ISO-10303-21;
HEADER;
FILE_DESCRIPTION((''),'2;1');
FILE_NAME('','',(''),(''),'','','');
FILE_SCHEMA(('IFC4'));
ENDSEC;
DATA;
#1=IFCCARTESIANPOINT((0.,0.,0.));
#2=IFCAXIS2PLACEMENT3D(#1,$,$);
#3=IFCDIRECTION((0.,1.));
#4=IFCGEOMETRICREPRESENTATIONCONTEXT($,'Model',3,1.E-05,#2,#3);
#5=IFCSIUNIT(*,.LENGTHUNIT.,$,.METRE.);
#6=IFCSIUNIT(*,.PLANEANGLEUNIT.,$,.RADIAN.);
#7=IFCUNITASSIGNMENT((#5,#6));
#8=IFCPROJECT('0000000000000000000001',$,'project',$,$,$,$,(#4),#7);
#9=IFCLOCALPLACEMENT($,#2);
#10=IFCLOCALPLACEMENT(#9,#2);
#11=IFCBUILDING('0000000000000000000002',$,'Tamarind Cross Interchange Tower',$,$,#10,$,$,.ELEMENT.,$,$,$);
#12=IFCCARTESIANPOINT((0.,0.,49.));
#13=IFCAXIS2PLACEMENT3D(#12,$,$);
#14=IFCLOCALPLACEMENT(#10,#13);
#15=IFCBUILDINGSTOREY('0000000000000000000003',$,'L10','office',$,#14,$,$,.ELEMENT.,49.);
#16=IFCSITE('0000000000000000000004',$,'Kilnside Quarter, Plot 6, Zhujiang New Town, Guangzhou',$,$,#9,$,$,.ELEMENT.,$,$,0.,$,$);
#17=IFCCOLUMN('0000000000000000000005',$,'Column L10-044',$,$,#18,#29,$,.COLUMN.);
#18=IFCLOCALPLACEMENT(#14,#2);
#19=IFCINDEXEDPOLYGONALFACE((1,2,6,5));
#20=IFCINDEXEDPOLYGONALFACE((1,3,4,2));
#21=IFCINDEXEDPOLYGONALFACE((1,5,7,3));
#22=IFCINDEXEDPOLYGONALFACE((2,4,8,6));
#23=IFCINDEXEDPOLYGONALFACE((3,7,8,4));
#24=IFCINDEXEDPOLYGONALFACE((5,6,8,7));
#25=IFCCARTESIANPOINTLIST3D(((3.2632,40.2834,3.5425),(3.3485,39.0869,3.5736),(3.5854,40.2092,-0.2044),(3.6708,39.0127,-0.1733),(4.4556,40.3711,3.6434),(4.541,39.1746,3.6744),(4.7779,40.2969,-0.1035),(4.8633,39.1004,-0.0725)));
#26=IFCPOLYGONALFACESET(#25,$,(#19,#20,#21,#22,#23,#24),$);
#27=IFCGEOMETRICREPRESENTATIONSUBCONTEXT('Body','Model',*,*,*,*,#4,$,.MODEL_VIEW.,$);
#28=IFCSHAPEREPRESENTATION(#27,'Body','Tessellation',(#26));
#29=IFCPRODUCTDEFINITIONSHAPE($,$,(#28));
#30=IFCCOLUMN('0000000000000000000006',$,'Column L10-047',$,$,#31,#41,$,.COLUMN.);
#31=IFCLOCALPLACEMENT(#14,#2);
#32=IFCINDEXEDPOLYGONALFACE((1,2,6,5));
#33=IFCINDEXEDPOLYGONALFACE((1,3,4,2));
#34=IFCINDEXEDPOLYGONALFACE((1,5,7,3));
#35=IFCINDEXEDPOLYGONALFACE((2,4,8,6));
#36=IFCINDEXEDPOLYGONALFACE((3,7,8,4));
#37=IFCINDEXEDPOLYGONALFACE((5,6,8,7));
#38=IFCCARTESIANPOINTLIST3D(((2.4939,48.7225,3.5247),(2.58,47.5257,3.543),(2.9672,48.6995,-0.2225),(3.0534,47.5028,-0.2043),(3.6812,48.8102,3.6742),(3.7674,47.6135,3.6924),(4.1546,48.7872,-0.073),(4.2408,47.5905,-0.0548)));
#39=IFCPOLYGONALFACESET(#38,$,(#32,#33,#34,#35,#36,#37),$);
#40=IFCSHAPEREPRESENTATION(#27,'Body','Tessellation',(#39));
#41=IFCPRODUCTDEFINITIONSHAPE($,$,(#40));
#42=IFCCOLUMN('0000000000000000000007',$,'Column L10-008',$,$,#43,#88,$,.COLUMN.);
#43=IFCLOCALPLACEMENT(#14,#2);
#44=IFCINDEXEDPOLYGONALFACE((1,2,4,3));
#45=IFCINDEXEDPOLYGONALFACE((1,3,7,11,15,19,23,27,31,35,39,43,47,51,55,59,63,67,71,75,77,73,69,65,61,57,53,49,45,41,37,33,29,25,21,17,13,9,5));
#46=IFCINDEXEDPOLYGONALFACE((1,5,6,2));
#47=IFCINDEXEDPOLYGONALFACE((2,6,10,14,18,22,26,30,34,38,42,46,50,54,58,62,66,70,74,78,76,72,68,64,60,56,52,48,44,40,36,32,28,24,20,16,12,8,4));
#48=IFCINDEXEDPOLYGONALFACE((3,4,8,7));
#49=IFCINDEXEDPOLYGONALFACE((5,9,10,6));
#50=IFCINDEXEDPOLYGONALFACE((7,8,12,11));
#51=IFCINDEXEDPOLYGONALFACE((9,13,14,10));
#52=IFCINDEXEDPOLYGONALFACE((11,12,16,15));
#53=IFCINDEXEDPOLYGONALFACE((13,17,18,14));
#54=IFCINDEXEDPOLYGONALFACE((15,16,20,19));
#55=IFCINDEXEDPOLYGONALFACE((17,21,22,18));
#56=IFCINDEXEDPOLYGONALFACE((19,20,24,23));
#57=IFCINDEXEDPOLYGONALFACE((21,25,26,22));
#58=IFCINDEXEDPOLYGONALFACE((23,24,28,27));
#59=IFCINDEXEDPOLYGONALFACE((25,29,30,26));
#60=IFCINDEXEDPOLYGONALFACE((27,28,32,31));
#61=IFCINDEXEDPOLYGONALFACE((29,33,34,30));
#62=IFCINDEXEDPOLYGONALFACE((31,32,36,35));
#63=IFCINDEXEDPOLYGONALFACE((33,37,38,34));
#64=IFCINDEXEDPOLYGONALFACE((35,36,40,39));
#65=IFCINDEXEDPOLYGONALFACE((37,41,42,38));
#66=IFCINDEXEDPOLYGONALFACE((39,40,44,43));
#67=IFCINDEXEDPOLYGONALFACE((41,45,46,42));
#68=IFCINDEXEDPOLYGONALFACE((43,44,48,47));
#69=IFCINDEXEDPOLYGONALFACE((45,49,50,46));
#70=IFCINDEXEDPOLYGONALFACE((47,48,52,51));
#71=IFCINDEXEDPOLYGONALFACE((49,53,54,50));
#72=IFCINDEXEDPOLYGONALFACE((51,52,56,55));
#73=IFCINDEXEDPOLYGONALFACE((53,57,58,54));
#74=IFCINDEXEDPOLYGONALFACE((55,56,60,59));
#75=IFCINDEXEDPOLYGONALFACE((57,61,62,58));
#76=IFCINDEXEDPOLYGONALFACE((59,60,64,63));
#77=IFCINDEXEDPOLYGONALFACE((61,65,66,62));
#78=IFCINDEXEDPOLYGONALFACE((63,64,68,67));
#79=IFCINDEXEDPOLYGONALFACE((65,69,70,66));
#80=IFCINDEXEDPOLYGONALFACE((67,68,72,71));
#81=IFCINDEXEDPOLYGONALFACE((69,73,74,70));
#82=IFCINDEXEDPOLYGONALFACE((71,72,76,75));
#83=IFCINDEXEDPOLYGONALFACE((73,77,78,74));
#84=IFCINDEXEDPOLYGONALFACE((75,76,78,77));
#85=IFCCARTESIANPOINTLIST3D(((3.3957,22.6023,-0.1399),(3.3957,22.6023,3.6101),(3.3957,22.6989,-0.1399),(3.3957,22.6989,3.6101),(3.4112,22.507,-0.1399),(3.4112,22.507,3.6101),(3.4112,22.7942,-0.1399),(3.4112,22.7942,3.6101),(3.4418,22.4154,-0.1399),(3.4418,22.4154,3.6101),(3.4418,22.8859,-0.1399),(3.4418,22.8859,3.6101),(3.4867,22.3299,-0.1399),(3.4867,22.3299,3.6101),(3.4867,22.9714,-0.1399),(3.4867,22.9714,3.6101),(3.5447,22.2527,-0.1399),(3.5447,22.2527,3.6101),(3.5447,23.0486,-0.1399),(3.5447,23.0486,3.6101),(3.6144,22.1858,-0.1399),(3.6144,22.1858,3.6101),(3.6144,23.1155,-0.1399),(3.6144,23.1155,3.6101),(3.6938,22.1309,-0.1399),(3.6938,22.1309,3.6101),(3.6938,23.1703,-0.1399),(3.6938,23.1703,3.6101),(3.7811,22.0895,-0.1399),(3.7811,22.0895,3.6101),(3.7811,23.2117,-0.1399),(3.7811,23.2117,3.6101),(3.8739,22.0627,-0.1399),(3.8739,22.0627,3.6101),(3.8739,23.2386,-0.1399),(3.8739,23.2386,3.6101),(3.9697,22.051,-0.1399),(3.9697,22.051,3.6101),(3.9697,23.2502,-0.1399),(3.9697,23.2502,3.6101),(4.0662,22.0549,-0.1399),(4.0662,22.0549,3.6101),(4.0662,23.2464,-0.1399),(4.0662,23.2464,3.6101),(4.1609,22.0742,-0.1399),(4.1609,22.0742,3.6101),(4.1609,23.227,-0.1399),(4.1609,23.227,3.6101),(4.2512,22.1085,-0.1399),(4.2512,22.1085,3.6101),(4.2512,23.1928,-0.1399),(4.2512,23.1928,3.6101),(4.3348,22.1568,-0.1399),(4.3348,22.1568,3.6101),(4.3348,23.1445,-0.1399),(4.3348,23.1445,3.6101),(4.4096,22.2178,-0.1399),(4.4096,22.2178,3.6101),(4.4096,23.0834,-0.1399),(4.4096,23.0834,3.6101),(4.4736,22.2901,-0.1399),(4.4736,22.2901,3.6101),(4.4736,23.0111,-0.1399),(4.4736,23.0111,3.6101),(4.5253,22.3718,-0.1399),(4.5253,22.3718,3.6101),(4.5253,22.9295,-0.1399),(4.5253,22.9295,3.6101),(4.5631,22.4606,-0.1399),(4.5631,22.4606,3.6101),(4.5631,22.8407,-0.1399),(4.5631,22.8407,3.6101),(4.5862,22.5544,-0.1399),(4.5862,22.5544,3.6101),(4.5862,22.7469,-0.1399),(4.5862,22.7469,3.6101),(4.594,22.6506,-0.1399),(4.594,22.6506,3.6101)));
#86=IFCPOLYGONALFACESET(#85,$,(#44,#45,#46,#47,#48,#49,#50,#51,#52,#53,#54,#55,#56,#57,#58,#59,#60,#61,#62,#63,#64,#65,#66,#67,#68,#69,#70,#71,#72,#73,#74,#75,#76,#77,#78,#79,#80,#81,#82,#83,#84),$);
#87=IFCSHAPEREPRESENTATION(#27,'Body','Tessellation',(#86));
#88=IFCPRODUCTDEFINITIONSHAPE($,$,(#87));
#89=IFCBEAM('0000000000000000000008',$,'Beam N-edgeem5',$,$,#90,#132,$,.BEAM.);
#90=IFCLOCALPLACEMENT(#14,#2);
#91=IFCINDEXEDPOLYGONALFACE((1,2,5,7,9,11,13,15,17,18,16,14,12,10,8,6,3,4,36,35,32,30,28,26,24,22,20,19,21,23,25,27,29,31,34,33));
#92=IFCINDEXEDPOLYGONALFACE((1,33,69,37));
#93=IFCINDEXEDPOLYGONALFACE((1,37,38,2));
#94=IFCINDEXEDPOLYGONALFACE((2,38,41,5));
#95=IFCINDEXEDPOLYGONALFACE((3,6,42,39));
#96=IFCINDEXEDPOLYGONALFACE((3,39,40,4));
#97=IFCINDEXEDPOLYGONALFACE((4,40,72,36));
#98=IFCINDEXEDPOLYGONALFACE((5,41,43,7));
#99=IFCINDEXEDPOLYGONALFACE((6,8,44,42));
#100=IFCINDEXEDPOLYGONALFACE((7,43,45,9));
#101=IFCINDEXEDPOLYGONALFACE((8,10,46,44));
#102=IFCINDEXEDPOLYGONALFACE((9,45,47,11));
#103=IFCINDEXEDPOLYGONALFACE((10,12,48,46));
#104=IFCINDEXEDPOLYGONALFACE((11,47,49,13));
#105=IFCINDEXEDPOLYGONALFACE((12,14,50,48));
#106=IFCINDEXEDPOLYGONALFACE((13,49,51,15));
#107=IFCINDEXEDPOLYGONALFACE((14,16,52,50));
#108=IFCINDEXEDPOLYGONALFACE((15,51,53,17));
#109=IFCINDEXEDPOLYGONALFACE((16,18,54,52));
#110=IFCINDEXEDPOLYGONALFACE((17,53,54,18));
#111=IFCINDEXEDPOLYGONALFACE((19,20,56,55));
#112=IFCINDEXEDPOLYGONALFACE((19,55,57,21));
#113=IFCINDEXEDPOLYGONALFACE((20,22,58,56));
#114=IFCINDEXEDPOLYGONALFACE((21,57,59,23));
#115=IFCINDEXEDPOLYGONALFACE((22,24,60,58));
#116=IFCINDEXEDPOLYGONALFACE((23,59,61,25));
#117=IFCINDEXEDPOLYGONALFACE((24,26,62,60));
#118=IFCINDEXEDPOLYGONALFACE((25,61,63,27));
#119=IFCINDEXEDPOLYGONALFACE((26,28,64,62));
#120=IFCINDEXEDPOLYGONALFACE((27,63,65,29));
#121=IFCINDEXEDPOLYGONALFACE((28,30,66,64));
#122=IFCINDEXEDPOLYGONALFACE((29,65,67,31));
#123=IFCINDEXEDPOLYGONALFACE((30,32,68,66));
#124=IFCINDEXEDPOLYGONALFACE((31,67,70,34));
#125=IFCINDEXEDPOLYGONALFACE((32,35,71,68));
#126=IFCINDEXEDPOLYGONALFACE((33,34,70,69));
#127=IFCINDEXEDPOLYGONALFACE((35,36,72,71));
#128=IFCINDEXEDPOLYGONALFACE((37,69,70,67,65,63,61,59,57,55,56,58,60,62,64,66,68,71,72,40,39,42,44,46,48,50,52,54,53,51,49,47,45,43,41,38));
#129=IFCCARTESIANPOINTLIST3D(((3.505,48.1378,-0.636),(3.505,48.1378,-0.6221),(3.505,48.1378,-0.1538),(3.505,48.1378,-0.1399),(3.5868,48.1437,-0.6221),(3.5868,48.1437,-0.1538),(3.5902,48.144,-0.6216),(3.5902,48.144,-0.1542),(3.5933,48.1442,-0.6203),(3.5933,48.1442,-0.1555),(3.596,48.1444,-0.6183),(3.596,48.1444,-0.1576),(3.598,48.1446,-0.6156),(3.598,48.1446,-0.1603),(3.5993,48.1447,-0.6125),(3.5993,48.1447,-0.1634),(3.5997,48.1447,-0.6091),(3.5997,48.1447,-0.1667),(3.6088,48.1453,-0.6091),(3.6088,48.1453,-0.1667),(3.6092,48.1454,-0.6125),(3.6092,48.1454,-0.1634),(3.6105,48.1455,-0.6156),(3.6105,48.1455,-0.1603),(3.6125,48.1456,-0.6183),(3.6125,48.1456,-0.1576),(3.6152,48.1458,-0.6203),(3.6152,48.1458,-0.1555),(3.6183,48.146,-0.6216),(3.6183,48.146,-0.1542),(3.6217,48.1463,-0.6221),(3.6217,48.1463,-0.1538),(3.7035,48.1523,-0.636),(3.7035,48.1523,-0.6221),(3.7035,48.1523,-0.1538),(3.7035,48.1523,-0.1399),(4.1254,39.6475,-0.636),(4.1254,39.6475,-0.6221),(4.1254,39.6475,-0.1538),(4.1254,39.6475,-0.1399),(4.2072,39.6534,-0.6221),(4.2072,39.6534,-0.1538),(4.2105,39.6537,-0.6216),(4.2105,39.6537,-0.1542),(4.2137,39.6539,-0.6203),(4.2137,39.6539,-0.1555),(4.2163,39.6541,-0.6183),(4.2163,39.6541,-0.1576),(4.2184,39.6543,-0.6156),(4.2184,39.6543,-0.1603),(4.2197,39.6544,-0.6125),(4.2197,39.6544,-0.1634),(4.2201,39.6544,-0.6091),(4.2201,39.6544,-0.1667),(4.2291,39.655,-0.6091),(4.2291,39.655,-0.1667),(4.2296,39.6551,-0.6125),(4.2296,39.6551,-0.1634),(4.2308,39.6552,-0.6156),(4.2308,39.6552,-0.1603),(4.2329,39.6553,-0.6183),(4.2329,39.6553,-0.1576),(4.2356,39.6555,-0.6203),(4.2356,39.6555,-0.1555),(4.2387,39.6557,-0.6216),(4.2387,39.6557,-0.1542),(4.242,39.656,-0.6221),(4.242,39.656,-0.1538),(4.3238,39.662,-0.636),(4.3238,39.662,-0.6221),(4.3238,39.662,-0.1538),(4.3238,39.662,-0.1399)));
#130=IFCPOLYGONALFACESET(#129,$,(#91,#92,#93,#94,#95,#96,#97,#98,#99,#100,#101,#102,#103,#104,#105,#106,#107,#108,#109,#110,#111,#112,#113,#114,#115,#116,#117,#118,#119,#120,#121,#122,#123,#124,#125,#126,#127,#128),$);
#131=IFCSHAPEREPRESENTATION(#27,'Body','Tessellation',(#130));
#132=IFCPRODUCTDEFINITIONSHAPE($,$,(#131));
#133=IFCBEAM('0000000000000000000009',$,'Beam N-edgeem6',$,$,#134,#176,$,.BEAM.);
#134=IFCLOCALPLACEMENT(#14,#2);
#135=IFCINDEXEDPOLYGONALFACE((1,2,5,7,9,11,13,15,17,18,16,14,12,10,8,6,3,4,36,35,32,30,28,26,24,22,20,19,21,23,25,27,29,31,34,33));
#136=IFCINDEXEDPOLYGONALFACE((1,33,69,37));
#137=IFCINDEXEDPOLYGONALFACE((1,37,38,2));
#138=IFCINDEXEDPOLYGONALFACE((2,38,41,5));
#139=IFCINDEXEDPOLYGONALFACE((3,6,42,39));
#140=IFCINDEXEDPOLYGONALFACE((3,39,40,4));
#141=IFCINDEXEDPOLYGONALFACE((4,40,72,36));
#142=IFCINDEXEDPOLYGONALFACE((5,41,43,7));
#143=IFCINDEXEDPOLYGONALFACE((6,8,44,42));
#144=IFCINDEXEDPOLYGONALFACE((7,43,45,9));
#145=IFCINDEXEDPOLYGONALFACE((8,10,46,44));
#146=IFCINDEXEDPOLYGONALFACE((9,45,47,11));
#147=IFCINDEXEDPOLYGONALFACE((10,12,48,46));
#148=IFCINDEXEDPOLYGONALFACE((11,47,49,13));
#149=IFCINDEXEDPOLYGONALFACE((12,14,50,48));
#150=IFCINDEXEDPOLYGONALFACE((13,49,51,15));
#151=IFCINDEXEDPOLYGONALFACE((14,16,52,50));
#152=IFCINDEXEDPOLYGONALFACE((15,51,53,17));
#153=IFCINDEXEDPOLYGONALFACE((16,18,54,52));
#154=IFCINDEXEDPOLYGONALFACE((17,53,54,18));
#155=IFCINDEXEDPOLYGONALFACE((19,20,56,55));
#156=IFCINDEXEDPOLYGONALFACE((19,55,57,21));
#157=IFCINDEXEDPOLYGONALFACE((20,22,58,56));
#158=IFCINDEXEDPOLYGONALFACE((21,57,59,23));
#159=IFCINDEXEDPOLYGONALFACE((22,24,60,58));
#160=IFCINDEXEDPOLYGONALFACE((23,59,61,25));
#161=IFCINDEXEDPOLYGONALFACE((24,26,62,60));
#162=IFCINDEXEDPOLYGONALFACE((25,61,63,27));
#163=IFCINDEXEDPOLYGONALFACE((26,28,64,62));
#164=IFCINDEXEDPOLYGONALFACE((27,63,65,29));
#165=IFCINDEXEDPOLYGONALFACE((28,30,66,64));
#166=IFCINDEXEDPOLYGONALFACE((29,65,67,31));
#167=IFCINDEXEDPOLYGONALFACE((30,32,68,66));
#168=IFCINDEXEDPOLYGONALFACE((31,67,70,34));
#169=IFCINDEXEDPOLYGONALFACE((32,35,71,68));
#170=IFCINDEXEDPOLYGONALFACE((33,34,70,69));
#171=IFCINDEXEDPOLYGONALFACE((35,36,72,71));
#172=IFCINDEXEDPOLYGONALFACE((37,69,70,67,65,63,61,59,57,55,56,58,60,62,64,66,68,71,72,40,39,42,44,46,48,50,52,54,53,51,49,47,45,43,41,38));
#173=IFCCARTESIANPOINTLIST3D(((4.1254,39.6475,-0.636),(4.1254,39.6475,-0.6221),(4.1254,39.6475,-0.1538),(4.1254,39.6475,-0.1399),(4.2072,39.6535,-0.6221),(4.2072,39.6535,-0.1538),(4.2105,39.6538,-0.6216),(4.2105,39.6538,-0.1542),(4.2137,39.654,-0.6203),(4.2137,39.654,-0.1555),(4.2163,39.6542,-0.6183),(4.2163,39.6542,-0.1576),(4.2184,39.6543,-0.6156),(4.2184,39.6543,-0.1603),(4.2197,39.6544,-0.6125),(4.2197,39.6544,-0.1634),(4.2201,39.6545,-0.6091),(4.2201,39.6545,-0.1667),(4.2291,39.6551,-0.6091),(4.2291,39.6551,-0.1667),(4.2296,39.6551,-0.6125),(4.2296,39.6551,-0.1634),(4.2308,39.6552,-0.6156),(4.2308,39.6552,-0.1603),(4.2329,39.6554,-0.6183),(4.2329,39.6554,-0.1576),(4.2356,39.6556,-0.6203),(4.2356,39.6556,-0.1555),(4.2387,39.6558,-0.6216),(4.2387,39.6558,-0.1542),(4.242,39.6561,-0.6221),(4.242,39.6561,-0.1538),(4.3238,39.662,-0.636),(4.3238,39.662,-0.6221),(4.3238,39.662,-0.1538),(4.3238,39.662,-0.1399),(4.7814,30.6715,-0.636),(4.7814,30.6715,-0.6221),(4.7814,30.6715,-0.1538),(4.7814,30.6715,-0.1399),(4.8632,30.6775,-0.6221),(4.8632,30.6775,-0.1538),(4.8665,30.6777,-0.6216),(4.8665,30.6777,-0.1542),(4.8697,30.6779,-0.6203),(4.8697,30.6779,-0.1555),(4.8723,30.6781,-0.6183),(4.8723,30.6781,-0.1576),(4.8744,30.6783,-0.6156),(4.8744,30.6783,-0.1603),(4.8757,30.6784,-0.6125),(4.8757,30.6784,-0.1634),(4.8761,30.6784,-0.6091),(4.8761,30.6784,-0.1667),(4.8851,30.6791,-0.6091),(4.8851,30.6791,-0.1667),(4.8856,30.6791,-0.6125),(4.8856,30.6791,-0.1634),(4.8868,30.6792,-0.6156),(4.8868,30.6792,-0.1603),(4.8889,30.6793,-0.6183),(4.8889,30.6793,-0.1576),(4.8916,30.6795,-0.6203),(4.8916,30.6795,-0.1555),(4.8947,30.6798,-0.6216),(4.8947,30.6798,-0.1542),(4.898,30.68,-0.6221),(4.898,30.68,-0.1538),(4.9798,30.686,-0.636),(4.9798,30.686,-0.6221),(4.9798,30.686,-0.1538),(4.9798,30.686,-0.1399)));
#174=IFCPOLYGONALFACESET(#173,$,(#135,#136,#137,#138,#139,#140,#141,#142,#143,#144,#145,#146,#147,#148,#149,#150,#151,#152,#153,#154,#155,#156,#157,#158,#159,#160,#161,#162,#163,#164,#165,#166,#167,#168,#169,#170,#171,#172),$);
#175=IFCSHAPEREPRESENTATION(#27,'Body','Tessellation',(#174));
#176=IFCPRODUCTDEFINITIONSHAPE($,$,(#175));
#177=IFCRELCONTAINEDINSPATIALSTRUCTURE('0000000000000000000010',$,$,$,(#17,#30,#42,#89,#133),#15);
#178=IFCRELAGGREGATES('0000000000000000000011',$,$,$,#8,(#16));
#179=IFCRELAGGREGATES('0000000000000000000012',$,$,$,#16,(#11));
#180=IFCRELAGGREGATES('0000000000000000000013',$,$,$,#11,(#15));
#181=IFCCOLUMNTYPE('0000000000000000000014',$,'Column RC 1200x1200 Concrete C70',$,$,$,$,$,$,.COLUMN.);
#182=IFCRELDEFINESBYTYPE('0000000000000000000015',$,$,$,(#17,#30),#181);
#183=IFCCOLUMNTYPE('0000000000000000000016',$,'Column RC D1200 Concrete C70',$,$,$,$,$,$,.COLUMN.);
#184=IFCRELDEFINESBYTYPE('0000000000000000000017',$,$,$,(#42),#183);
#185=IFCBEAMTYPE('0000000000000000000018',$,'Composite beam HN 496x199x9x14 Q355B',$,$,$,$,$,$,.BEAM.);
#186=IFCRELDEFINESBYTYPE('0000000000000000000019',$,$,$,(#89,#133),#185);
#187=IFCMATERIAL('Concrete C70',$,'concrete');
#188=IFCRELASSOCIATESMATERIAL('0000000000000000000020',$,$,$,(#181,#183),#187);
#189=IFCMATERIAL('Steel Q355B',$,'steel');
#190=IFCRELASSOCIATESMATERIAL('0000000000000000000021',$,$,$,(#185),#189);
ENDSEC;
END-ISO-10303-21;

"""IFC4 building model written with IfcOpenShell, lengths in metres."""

from ifc_helpers import new_model, si_unit, direction, frame, origin, origin_2d, place, context, subcontext, project, spatial, rectangle, circle, i_section, extrude, material, material_profile, profile_set, type_object, element, save


model = new_model("IFC4")

# Units and contexts
model_context = context("Model", 3, precision=1e-05, world=origin(), true_north=direction((0.0, 1.0)))
body_context = subcontext(model_context, "Body", "Model", "MODEL_VIEW")
ifc_project = project(units=[si_unit("LENGTHUNIT", "METRE"), si_unit("PLANEANGLEUNIT", "RADIAN")], contexts=[model_context])

# Site, building, storey
site_placement = place(None, origin())
site = spatial("IfcSite", under=ifc_project, at=site_placement, Name="Kilnside Quarter, Plot 6, Zhujiang New Town, Guangzhou", CompositionType="ELEMENT", RefElevation=0.0)
building_placement = place(site_placement, origin())
building = spatial("IfcBuilding", under=site, at=building_placement, Name="Tamarind Cross Interchange Tower", CompositionType="ELEMENT")
storey_placement = place(building_placement, frame((0.0, 0.0, 49.0)))
storey = spatial("IfcBuildingStorey", under=building, at=storey_placement, Name="L10", Description="office", CompositionType="ELEMENT", Elevation=49.0)

# Columns
ifc_material_1 = material(Name="Concrete C70", Category="concrete")
ifc_material_profile_1 = material_profile(ifc_material_1, rectangle(XDim=1.2, YDim=1.2, at=origin_2d()), Name="RC 1200x1200")
ifc_profile_set_1 = profile_set([ifc_material_profile_1], Name="Concrete C70")
column_type_1 = type_object("IfcColumnType", Name="Column RC 1200x1200 Concrete C70", PredefinedType="COLUMN", material=ifc_profile_set_1)
column_1_placement = place(storey_placement, frame((4.2244, 39.6548, -0.1384), z_axis=(-0.085677, 0.019732, 0.996128), x_axis=(0.071167, -0.997129, 0.025873)))
element("IfcColumn", 1, at=column_1_placement, inside=storey, type_object=column_type_1, Name="Column L10-044", PredefinedType="COLUMN", context=body_context, shape_type="SweptSolid", body=[
    extrude(rectangle(XDim=1.2, YDim=1.2, at=origin_2d()), origin(), (0.0, 0.0, 1.0), 3.7615),
])
column_2_placement = place(storey_placement, frame((3.604, 48.145, -0.1387), z_axis=(-0.125329, 0.006076, 0.992097), x_axis=(0.071785, -0.997305, 0.015176)))
element("IfcColumn", 2, at=column_2_placement, inside=storey, type_object=column_type_1, Name="Column L10-047", PredefinedType="COLUMN", context=body_context, shape_type="SweptSolid", body=[
    extrude(rectangle(XDim=1.2, YDim=1.2, at=origin_2d()), origin(), (0.0, 0.0, 1.0), 3.7771),
])
ifc_material_profile_2 = material_profile(ifc_material_1, circle(Radius=0.6001, at=origin_2d()), Name="RC D1200")
ifc_profile_set_2 = profile_set([ifc_material_profile_2], Name="Concrete C70")
column_type_2 = type_object("IfcColumnType", Name="Column RC D1200 Concrete C70", PredefinedType="COLUMN", material=ifc_profile_set_2)
column_3_placement = place(storey_placement, frame((3.9939, 22.6506, -0.1399), z_axis=(0.0, 0.0, 1.0), x_axis=(1.0, 0.0, 0.0)))
element("IfcColumn", 3, at=column_3_placement, inside=storey, type_object=column_type_2, Name="Column L10-008", PredefinedType="COLUMN", context=body_context, shape_type="SweptSolid", body=[
    extrude(circle(Radius=0.6001, at=origin_2d()), origin(), (0.0, 0.0, 1.0), 3.75),
])

# Beams
ifc_material_2 = material(Name="Steel Q355B", Category="steel")
ifc_material_profile_3 = material_profile(ifc_material_2, i_section(OverallWidth=0.199, OverallDepth=0.4961, WebThickness=0.009, FlangeThickness=0.0139, FilletRadius=0.0129, at=origin_2d()), Name="HN 496x199x9x14")
ifc_profile_set_3 = profile_set([ifc_material_profile_3], Name="Steel Q355B")
beam_type_1 = type_object("IfcBeamType", Name="Composite beam HN 496x199x9x14 Q355B", PredefinedType="BEAM", material=ifc_profile_set_3)
beam_1_placement = place(storey_placement, frame((3.6042, 48.145, -0.3879), z_axis=(0.072873, -0.997341, 0.0), x_axis=(0.997341, 0.072873, 0.0)))
element("IfcBeam", 4, at=beam_1_placement, inside=storey, type_object=beam_type_1, Name="Beam N-edgeem5", PredefinedType="BEAM", context=body_context, shape_type="SweptSolid", body=[
    extrude(i_section(OverallWidth=0.199, OverallDepth=0.4961, WebThickness=0.009, FlangeThickness=0.0139, FilletRadius=0.0129, at=origin_2d()), origin(), (0.0, 0.0, 1.0), 8.5129),
])
beam_2_placement = place(storey_placement, frame((4.2246, 39.6548, -0.3879), z_axis=(0.072889, -0.99734, 0.0), x_axis=(0.99734, 0.072889, 0.0)))
element("IfcBeam", 5, at=beam_2_placement, inside=storey, type_object=beam_type_1, Name="Beam N-edgeem6", PredefinedType="BEAM", context=body_context, shape_type="SweptSolid", body=[
    extrude(i_section(OverallWidth=0.199, OverallDepth=0.4961, WebThickness=0.009, FlangeThickness=0.0139, FilletRadius=0.0129, at=origin_2d()), origin(), (0.0, 0.0, 1.0), 9.0),
])

save(model, "model.ifc")
